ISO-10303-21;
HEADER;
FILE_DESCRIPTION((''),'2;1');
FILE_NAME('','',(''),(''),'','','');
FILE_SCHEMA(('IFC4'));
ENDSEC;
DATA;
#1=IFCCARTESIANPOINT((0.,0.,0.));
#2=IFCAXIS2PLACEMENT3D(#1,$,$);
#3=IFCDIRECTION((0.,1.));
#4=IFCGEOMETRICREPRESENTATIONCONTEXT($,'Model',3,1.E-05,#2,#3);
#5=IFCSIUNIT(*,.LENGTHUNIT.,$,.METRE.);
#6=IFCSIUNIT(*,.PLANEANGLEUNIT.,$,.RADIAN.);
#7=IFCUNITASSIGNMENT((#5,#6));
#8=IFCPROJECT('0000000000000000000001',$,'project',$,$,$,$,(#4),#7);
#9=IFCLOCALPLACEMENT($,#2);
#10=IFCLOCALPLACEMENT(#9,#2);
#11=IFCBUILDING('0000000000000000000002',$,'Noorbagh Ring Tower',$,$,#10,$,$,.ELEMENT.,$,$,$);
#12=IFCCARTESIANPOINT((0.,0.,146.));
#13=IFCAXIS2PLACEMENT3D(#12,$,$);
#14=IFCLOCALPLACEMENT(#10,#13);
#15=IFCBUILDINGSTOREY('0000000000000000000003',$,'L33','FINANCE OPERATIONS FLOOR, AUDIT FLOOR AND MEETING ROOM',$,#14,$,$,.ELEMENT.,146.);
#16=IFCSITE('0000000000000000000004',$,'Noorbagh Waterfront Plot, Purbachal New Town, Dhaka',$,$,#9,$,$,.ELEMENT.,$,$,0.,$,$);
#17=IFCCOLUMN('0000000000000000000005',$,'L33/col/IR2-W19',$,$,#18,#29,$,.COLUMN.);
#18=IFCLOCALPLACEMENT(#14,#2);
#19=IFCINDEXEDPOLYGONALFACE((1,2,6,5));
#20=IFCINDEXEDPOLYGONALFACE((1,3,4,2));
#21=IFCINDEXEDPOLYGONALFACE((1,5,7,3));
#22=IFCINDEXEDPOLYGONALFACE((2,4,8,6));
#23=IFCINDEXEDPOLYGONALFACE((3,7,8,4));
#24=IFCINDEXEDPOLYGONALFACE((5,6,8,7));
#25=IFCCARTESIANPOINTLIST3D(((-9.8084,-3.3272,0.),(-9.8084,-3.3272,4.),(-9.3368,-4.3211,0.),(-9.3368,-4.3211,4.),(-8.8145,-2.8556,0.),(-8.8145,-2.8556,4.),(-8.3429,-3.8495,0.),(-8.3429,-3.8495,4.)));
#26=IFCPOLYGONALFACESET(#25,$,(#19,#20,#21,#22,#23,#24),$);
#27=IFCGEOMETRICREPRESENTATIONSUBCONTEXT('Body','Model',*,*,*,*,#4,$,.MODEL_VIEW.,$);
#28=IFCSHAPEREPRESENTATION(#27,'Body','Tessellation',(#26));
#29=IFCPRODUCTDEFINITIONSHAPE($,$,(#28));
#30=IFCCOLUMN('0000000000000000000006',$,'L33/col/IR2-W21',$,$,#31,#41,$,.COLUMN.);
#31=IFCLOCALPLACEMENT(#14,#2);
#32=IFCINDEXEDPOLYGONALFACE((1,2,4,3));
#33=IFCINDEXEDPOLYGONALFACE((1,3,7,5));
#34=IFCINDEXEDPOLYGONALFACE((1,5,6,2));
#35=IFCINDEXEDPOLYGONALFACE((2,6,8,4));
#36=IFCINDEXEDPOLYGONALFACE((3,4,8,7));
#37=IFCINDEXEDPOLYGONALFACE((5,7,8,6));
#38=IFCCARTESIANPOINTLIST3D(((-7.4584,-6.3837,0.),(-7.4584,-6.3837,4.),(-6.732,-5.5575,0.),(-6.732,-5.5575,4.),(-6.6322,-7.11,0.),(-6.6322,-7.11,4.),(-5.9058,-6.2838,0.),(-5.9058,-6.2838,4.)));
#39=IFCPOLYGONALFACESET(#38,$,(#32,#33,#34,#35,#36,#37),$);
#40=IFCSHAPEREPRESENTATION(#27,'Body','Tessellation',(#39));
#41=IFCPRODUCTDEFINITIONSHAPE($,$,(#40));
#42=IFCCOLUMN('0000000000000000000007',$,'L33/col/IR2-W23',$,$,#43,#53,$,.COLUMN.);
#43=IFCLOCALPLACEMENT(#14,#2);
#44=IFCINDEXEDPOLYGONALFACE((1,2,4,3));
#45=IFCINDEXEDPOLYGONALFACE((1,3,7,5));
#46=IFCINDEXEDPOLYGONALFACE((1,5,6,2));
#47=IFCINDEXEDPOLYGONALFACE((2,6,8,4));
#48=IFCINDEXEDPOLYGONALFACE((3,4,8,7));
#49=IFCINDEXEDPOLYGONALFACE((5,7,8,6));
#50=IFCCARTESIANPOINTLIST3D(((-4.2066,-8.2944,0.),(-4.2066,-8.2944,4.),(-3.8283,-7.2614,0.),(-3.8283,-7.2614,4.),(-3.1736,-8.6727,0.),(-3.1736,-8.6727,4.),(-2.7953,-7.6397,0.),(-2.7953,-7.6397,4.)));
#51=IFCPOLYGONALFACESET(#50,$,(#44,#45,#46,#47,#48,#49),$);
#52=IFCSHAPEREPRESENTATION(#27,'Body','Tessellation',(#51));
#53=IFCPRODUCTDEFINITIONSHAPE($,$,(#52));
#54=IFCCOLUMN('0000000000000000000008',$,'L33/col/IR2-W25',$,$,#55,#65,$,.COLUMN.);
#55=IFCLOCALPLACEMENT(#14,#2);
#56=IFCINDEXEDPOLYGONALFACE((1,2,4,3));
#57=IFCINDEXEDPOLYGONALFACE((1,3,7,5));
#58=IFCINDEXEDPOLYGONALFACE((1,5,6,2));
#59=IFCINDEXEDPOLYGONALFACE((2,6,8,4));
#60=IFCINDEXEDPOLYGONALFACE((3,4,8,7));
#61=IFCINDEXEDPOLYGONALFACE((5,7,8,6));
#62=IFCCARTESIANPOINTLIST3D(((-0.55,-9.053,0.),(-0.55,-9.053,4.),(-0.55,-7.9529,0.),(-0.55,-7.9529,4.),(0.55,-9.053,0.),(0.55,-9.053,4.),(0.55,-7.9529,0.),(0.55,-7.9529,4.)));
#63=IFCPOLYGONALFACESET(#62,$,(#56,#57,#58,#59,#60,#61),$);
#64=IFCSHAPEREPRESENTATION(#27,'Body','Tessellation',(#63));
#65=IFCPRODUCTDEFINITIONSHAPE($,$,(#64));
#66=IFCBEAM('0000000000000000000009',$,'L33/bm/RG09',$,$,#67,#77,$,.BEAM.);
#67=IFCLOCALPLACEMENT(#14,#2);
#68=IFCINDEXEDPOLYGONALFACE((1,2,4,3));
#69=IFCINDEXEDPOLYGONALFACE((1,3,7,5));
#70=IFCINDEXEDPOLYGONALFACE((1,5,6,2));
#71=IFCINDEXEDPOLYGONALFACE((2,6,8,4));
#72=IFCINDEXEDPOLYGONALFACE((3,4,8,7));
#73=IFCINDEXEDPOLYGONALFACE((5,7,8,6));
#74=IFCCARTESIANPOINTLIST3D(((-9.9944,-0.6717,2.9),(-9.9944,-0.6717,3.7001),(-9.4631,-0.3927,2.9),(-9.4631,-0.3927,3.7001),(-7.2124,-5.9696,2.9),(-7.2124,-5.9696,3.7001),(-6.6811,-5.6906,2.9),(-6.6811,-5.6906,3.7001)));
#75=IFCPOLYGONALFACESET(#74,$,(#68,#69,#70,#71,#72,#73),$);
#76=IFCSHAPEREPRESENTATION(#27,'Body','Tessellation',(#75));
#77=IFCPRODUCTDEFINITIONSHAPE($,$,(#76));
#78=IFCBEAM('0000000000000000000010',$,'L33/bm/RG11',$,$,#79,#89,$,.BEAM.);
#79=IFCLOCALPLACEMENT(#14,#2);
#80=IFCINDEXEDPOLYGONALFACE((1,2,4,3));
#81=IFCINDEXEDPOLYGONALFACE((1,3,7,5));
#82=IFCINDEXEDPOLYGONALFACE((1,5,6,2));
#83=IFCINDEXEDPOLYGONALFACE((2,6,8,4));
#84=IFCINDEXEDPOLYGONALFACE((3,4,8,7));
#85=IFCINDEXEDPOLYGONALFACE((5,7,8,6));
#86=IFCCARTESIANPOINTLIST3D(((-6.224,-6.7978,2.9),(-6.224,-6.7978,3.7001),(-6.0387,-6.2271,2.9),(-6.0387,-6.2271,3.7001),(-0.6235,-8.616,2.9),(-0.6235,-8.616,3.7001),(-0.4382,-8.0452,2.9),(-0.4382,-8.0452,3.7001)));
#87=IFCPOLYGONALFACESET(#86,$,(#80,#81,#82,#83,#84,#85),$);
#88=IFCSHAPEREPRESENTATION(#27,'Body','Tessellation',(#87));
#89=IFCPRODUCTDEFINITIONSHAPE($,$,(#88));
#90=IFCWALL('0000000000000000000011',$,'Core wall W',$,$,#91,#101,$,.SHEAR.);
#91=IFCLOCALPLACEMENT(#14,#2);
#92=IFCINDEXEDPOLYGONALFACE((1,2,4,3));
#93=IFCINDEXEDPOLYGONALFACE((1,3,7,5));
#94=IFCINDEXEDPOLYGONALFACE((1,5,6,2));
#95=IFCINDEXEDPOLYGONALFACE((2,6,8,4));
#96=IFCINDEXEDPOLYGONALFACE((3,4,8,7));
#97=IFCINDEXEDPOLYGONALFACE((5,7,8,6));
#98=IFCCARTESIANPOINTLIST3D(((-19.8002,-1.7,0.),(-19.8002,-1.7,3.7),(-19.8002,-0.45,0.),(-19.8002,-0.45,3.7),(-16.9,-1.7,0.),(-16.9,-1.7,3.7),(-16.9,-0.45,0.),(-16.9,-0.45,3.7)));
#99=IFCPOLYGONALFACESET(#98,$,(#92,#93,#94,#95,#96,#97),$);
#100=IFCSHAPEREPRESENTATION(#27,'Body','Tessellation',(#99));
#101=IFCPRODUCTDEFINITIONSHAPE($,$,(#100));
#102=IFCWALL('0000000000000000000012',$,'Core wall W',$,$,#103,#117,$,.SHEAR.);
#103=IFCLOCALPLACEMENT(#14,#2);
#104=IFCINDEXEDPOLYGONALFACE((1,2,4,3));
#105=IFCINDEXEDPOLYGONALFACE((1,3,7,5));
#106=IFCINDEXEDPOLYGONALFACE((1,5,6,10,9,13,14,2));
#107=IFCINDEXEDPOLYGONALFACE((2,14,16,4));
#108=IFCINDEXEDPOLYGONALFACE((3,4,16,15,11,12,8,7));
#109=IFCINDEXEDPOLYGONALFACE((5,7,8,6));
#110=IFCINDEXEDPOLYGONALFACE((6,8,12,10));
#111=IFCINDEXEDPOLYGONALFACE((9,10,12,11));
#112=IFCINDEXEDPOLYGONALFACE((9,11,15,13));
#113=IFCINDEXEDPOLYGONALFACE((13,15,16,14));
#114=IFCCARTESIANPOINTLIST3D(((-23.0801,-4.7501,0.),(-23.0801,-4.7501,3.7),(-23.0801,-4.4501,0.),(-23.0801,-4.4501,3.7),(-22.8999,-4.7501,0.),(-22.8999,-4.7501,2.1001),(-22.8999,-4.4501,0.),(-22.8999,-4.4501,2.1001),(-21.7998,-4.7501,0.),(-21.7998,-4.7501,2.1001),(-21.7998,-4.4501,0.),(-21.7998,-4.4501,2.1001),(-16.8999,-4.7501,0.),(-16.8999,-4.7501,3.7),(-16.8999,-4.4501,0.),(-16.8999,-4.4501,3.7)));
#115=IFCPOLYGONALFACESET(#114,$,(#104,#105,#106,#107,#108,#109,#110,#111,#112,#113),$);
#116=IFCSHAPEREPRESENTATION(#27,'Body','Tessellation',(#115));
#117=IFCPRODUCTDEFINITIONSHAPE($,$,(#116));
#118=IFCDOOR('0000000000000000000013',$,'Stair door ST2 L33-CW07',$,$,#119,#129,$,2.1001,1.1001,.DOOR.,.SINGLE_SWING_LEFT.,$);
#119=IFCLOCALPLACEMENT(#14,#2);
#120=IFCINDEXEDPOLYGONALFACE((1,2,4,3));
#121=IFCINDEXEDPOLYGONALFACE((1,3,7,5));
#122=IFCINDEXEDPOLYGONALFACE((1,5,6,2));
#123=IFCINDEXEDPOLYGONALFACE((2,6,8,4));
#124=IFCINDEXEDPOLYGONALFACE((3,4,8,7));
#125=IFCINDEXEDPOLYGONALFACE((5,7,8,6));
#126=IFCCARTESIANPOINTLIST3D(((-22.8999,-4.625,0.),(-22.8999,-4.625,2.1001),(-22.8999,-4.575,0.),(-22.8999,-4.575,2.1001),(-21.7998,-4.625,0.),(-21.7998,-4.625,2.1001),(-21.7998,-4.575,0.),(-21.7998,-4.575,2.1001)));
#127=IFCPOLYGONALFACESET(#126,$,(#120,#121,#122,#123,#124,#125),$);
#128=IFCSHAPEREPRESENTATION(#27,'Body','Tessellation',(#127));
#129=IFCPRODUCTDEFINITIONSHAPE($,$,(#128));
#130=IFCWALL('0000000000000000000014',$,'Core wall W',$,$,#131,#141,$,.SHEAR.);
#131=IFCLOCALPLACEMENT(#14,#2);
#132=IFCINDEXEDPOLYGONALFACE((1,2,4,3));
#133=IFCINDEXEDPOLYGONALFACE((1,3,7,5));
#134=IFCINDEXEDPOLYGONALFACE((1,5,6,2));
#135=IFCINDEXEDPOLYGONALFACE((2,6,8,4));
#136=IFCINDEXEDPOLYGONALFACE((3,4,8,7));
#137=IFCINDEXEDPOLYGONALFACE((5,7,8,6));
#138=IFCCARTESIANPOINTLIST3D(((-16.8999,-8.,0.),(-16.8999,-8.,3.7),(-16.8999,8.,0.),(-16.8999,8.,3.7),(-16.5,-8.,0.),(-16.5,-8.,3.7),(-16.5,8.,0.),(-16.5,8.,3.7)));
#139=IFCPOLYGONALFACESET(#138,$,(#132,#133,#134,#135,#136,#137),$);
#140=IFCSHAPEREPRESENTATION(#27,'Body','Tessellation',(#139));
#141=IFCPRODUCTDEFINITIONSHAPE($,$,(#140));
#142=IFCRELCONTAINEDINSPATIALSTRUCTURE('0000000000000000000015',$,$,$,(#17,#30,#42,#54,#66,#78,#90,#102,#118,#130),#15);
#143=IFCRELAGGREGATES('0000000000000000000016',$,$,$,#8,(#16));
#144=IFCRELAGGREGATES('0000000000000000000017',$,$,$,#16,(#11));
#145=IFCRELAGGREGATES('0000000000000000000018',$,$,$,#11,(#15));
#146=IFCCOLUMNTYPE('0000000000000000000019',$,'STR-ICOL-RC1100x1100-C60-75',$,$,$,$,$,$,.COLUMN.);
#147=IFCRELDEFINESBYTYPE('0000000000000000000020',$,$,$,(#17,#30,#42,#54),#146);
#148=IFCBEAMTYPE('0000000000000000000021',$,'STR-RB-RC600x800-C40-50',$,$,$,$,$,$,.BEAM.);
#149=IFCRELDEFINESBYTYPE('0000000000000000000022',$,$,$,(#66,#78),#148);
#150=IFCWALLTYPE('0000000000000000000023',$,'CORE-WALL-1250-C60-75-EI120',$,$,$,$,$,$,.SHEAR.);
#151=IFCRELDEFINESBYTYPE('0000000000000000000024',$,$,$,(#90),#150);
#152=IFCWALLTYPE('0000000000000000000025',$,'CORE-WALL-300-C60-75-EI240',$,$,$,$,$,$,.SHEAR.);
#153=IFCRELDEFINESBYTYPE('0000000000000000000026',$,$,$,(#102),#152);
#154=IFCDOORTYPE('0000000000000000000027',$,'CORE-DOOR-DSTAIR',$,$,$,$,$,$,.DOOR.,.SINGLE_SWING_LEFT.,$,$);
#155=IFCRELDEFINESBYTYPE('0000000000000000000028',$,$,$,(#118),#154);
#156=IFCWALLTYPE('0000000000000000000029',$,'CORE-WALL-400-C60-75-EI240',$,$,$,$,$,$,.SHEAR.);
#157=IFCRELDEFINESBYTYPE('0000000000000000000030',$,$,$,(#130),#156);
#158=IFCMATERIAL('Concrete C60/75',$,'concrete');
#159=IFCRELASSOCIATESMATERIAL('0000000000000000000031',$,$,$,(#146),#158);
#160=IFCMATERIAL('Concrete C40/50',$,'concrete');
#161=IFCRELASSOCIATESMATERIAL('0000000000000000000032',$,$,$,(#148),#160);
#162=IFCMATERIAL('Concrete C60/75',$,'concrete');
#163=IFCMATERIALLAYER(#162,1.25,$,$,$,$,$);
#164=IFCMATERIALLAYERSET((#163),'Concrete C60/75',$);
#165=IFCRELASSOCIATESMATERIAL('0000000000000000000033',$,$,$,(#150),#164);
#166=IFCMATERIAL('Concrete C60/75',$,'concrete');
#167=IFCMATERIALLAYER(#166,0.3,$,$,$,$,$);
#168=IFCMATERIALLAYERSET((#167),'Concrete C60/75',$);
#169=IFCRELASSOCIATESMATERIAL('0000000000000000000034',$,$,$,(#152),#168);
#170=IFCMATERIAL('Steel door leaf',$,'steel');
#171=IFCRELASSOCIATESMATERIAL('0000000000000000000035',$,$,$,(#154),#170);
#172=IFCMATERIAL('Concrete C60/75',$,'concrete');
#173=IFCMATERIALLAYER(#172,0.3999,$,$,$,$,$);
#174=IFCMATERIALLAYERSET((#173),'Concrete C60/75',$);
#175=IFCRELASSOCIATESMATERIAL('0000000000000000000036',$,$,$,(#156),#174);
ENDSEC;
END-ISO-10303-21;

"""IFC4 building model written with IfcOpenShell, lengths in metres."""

from ifc_helpers import new_model, si_unit, direction, frame, frame_2d, origin, origin_2d, place, context, subcontext, project, spatial, rectangle, extrude, material, layer, layer_set, material_profile, profile_set, type_object, element, fill, save


model = new_model("IFC4")

# Units and contexts
model_context = context("Model", 3, precision=1e-05, world=origin(), true_north=direction((0.0, 1.0)))
body_context = subcontext(model_context, "Body", "Model", "MODEL_VIEW")
ifc_project = project(units=[si_unit("LENGTHUNIT", "METRE"), si_unit("PLANEANGLEUNIT", "RADIAN")], contexts=[model_context])

# Site, building, storey
site_placement = place(None, origin())
site = spatial("IfcSite", under=ifc_project, at=site_placement, Name="Noorbagh Waterfront Plot, Purbachal New Town, Dhaka", CompositionType="ELEMENT", RefElevation=0.0)
building_placement = place(site_placement, origin())
building = spatial("IfcBuilding", under=site, at=building_placement, Name="Noorbagh Ring Tower", CompositionType="ELEMENT")
storey_placement = place(building_placement, frame((0.0, 0.0, 146.0)))
storey = spatial("IfcBuildingStorey", under=building, at=storey_placement, Name="L33", Description="FINANCE OPERATIONS FLOOR, AUDIT FLOOR AND MEETING ROOM", CompositionType="ELEMENT", Elevation=146.0)

# Columns
ifc_material_1 = material(Name="Concrete C60/75", Category="concrete")
ifc_material_profile_1 = material_profile(ifc_material_1, rectangle(XDim=1.1001, YDim=1.1001, at=origin_2d()), Name="RC1100x1100")
ifc_profile_set_1 = profile_set([ifc_material_profile_1], Name="Concrete C60/75")
column_type = type_object("IfcColumnType", Name="STR-ICOL-RC1100x1100-C60-75", PredefinedType="COLUMN", material=ifc_profile_set_1)
for number, where, z_axis, x_axis, name in (
    (1, (-9.0757, -3.5884, 0.0), (0.0, 0.0, 1.0), (0.428667, -0.903463, 0.0), "L33/col/IR2-W19"),
    (2, (-6.6821, -6.3337, 0.0), (0.0, 0.0, 1.0), (0.751022, -0.660277, 0.0), "L33/col/IR2-W21"),
    (3, (-3.501, -7.967, 0.0), (0.0, 0.0, 1.0), (0.93902, -0.343864, 0.0), "L33/col/IR2-W23"),
    (4, (0.0, -8.5029, 0.0), (0.0, 0.0, 1.0), (1.0, 0.0, 0.0), "L33/col/IR2-W25"),
):
    element("IfcColumn", number, at=place(storey_placement, frame(where, z_axis=z_axis, x_axis=x_axis)), inside=storey, type_object=column_type, Name=name, PredefinedType="COLUMN", context=body_context, shape_type="SweptSolid", body=[
        extrude(rectangle(XDim=1.1001, YDim=1.1001, at=origin_2d()), origin(), (0.0, 0.0, 1.0), 4.0),
    ])

# Beams
ifc_material_2 = material(Name="Concrete C40/50", Category="concrete")
ifc_material_profile_2 = material_profile(ifc_material_2, rectangle(XDim=0.6001, YDim=0.8, at=origin_2d()), Name="RC600x800")
ifc_profile_set_2 = profile_set([ifc_material_profile_2], Name="Concrete C40/50")
beam_type = type_object("IfcBeamType", Name="STR-RB-RC600x800-C40-50", PredefinedType="BEAM", material=ifc_profile_set_2)
beam_1_placement = place(storey_placement, frame((-9.7288, -0.5322, 3.3), z_axis=(0.464914, -0.885356, 0.0), x_axis=(0.885356, 0.464914, 0.0)))
element("IfcBeam", 5, at=beam_1_placement, inside=storey, type_object=beam_type, Name="L33/bm/RG09", PredefinedType="BEAM", context=body_context, shape_type="SweptSolid", body=[
    extrude(rectangle(XDim=0.6001, YDim=0.8, at=origin_2d()), origin(), (0.0, 0.0, 1.0), 5.9839),
])
beam_2_placement = place(storey_placement, frame((-6.1313, -6.5125, 3.3), z_axis=(0.951134, -0.308779, 0.0), x_axis=(0.308779, 0.951134, 0.0)))
element("IfcBeam", 6, at=beam_2_placement, inside=storey, type_object=beam_type, Name="L33/bm/RG11", PredefinedType="BEAM", context=body_context, shape_type="SweptSolid", body=[
    extrude(rectangle(XDim=0.6001, YDim=0.8, at=origin_2d()), origin(), (0.0, 0.0, 1.0), 5.8882),
])

# Wall
ifc_material_3 = material(Name="Concrete C60/75", Category="concrete")
ifc_layer_1 = layer(ifc_material_3, 1.25)
ifc_layer_set_1 = layer_set([ifc_layer_1], Name="Concrete C60/75")
wall_type_1 = type_object("IfcWallType", Name="CORE-WALL-1250-C60-75-EI120", PredefinedType="SHEAR", material=ifc_layer_set_1)
wall_1_placement = place(storey_placement, frame((-16.8999, -1.075, 0.0), z_axis=(0.0, 0.0, 1.0), x_axis=(-1.0, 0.0, 0.0)))
element("IfcWall", 7, at=wall_1_placement, inside=storey, type_object=wall_type_1, Name="Core wall W", PredefinedType="SHEAR", context=body_context, shape_type="SweptSolid", body=[
    extrude(rectangle(XDim=2.9001, YDim=1.25, at=frame_2d((1.4502, 0.0))), origin(), (0.0, 0.0, 1.0), 3.7),
])

# Wall, opening, door
ifc_material_4 = material(Name="Concrete C60/75", Category="concrete")
ifc_layer_2 = layer(ifc_material_4, 0.3)
ifc_layer_set_2 = layer_set([ifc_layer_2], Name="Concrete C60/75")
wall_type_2 = type_object("IfcWallType", Name="CORE-WALL-300-C60-75-EI240", PredefinedType="SHEAR", material=ifc_layer_set_2)
wall_2_placement = place(storey_placement, frame((-16.8999, -4.6001, 0.0), z_axis=(0.0, 0.0, 1.0), x_axis=(-1.0, 0.0, 0.0)))
wall_2 = element("IfcWall", 8, at=wall_2_placement, inside=storey, type_object=wall_type_2, Name="Core wall W", PredefinedType="SHEAR", context=body_context, shape_type="SweptSolid", body=[
    extrude(rectangle(XDim=6.1802, YDim=0.3, at=frame_2d((3.0901, 0.0))), origin(), (0.0, 0.0, 1.0), 3.7),
])
opening_1_placement = place(wall_2_placement, frame((4.8999, 0.0, 0.0)))
opening_1 = element("IfcOpeningElement", 9, at=opening_1_placement, cuts=wall_2, PredefinedType="OPENING", context=body_context, shape_type="SweptSolid", body=[
    extrude(rectangle(XDim=1.1001, YDim=2.1001, at=frame_2d((0.55, 1.05))), frame((0.0, 0.1602, 0.0), z_axis=(0.0, -1.0, 0.0), x_axis=(1.0, 0.0, 0.0)), (0.0, 0.0, 1.0), 0.3201),
])
ifc_material_5 = material(Name="Steel door leaf", Category="steel")
door_type_1 = type_object("IfcDoorType", Name="CORE-DOOR-DSTAIR", OperationType="SINGLE_SWING_LEFT", PredefinedType="DOOR", material=ifc_material_5)
door_1_placement = place(opening_1_placement, origin())
door_1 = element("IfcDoor", 10, at=door_1_placement, inside=storey, type_object=door_type_1, Name="Stair door ST2 L33-CW07", OperationType="SINGLE_SWING_LEFT", OverallHeight=2.1001, OverallWidth=1.1001, PredefinedType="DOOR", context=body_context, shape_type="SweptSolid", body=[
    extrude(rectangle(XDim=1.1001, YDim=2.1001, at=frame_2d((0.55, 1.05))), frame((0.0, 0.0249, 0.0), z_axis=(0.0, -1.0, 0.0), x_axis=(1.0, 0.0, 0.0)), (0.0, 0.0, 1.0), 0.05),
])
fill(opening_1, door_1)

# Wall
ifc_material_6 = material(Name="Concrete C60/75", Category="concrete")
ifc_layer_3 = layer(ifc_material_6, 0.3999)
ifc_layer_set_3 = layer_set([ifc_layer_3], Name="Concrete C60/75")
wall_type_3 = type_object("IfcWallType", Name="CORE-WALL-400-C60-75-EI240", PredefinedType="SHEAR", material=ifc_layer_set_3)
wall_3_placement = place(storey_placement, frame((-16.7, -8.0, 0.0), z_axis=(0.0, 0.0, 1.0), x_axis=(0.0, 1.0, 0.0)))
element("IfcWall", 11, at=wall_3_placement, inside=storey, type_object=wall_type_3, Name="Core wall W", PredefinedType="SHEAR", context=body_context, shape_type="SweptSolid", body=[
    extrude(rectangle(XDim=16.0, YDim=0.3999, at=frame_2d((8.0, 0.0))), origin(), (0.0, 0.0, 1.0), 3.7),
])

save(model, "model.ifc")
